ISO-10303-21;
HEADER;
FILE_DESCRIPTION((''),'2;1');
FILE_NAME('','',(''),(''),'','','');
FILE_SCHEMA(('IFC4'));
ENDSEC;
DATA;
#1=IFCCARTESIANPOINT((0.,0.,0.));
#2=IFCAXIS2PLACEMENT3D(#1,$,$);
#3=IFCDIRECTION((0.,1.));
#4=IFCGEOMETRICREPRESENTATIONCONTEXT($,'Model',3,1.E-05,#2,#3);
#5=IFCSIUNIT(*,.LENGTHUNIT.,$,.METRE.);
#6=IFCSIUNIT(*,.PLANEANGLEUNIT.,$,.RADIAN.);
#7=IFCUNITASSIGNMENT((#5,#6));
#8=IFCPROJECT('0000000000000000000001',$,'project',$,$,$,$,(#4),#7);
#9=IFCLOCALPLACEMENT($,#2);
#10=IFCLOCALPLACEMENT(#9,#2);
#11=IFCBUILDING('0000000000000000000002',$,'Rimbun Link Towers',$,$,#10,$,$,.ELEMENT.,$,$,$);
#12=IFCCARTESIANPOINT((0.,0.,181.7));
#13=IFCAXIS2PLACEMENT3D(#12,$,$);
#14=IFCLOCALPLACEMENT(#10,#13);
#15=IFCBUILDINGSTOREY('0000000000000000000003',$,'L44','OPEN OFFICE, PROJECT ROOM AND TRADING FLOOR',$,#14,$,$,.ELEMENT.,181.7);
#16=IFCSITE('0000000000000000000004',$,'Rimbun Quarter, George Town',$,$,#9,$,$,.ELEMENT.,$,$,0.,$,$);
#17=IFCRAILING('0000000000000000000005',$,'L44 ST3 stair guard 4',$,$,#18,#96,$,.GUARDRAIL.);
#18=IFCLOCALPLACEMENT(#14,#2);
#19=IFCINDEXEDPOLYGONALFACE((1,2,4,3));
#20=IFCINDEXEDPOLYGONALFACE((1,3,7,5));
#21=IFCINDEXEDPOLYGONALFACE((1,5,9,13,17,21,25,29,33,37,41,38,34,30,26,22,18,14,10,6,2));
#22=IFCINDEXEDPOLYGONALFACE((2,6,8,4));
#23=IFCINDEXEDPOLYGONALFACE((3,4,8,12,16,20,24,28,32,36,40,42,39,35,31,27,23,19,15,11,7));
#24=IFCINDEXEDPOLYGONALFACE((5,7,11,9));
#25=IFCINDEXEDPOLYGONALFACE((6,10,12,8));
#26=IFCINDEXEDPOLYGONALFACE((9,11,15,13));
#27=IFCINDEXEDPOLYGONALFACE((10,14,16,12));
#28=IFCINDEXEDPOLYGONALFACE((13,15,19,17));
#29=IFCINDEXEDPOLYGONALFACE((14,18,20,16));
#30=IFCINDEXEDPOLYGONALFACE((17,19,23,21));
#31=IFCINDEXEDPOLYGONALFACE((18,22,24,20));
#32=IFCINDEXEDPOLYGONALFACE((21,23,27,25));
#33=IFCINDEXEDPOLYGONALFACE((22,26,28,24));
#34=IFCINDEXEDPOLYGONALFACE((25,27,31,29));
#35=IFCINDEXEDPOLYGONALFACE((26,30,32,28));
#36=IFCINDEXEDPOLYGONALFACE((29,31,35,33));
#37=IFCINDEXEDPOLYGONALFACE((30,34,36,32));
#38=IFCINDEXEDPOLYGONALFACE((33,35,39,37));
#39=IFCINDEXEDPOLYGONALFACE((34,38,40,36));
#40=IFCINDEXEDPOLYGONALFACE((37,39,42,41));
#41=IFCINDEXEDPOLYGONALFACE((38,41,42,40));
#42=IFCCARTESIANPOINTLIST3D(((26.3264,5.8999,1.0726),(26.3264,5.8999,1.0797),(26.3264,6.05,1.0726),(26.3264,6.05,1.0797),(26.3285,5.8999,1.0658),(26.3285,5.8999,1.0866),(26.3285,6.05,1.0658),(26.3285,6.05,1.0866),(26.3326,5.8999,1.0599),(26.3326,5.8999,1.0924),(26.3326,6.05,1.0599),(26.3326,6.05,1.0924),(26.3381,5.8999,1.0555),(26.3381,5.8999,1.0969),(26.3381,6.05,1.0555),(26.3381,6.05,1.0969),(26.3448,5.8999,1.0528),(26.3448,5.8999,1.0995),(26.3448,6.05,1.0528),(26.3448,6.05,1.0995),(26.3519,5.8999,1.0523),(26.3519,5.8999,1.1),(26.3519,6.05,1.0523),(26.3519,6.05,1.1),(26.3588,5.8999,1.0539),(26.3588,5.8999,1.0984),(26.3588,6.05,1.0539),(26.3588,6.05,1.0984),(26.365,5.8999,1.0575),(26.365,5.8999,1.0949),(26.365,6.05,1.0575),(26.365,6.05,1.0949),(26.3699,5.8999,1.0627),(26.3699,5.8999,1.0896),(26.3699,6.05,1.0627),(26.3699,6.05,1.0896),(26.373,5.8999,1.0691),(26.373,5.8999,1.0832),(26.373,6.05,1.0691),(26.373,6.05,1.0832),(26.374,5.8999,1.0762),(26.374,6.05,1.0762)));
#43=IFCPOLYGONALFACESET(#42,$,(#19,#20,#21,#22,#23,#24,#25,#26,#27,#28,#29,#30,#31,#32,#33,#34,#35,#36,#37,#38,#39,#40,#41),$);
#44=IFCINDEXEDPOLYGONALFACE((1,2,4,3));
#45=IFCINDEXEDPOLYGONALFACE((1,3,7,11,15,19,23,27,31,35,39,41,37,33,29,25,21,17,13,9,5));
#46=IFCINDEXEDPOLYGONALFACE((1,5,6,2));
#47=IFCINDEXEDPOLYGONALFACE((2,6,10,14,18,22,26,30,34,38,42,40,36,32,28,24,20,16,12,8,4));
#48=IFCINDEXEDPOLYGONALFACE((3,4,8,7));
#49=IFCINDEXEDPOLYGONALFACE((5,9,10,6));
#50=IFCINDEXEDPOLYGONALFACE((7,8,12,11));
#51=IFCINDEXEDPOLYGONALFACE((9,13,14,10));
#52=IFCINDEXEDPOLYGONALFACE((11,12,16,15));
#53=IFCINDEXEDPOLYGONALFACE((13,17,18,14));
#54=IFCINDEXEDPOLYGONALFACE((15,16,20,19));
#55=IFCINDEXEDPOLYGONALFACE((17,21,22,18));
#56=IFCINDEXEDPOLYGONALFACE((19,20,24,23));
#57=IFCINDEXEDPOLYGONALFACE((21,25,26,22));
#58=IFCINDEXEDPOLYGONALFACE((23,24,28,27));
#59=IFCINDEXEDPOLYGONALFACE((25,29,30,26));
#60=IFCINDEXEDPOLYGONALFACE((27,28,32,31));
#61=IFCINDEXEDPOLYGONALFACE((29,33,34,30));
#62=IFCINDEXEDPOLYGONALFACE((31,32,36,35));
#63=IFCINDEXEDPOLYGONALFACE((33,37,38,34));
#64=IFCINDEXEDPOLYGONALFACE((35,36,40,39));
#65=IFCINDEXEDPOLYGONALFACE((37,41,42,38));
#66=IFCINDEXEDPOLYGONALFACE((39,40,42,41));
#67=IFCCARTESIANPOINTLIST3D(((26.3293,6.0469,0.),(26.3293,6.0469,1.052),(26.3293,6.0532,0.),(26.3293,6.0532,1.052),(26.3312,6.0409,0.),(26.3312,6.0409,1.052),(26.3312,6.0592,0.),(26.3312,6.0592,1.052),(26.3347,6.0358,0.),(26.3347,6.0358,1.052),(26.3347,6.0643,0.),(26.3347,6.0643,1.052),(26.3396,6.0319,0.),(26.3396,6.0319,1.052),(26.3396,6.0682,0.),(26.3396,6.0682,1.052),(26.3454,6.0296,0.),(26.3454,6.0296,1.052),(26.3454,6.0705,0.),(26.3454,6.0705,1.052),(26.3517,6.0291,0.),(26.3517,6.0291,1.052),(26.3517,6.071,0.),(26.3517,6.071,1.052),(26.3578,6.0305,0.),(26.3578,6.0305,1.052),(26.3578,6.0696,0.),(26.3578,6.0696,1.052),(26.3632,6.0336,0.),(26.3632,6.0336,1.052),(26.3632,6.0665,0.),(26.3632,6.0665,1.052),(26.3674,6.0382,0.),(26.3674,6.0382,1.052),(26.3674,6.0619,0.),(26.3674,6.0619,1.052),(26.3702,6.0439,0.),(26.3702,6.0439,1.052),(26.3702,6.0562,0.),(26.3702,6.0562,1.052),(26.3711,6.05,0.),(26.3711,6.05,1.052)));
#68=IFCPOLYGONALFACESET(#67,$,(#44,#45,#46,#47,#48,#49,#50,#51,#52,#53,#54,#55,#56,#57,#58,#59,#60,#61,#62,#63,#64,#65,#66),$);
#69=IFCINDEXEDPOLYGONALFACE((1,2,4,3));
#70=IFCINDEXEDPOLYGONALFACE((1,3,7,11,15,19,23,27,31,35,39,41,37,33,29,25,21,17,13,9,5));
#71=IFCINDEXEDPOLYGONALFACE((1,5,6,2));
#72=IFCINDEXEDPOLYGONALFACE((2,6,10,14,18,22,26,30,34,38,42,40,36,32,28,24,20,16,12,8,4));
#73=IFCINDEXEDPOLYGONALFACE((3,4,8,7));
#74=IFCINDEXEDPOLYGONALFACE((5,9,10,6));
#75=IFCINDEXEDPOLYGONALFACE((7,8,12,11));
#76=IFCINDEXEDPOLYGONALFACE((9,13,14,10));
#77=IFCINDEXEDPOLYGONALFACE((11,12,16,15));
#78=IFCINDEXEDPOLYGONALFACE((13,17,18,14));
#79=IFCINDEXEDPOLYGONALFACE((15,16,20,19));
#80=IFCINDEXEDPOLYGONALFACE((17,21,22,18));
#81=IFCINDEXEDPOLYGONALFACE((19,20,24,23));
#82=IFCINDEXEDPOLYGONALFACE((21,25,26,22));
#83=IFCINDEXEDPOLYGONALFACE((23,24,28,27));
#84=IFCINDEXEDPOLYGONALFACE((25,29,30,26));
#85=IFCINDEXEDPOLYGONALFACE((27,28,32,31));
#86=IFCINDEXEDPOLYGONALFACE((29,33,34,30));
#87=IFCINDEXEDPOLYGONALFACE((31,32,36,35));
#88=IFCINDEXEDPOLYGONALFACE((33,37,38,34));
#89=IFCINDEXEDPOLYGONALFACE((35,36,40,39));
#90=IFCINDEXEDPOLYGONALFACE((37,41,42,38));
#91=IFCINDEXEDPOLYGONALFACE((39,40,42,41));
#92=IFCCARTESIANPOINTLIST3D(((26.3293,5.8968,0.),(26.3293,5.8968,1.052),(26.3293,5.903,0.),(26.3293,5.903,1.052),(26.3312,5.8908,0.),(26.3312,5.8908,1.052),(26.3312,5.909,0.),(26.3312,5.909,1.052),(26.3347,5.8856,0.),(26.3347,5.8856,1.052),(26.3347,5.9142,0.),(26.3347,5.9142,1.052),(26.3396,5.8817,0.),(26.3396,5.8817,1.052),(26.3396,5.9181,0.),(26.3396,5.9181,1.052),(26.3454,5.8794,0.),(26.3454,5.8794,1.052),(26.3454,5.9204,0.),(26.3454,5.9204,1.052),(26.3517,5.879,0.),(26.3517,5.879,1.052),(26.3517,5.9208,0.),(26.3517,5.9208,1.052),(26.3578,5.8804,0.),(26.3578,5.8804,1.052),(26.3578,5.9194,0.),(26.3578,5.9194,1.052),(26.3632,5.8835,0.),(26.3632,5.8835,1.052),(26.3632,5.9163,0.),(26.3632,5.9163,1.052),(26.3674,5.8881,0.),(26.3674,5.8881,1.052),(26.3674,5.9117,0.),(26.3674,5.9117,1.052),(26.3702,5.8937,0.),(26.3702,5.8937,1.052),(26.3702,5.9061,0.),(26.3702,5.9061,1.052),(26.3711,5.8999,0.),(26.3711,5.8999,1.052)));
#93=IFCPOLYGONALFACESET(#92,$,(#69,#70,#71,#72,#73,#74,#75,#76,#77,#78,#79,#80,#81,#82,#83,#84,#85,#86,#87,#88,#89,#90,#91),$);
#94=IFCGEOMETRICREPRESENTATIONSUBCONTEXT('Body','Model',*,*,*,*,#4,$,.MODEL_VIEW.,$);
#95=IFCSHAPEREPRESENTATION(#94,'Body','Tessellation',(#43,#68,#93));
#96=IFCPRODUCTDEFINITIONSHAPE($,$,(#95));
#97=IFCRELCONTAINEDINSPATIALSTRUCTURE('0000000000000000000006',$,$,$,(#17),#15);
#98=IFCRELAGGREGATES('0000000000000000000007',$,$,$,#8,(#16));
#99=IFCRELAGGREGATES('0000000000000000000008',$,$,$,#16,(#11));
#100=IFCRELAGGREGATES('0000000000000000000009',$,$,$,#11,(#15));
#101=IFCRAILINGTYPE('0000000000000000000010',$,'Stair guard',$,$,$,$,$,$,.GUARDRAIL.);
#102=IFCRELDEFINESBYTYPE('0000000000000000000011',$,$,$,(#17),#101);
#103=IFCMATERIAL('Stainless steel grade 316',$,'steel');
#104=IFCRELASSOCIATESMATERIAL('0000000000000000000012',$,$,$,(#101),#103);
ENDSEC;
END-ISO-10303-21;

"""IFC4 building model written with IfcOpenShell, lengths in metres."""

from ifc_helpers import new_model, si_unit, direction, frame, origin, origin_2d, place, context, subcontext, project, spatial, circle, extrude, material, type_object, element, save


model = new_model("IFC4")

# Units and contexts
model_context = context("Model", 3, precision=1e-05, world=origin(), true_north=direction((0.0, 1.0)))
body_context = subcontext(model_context, "Body", "Model", "MODEL_VIEW")
ifc_project = project(units=[si_unit("LENGTHUNIT", "METRE"), si_unit("PLANEANGLEUNIT", "RADIAN")], contexts=[model_context])

# Site, building, storey
site_placement = place(None, origin())
site = spatial("IfcSite", under=ifc_project, at=site_placement, Name="Rimbun Quarter, George Town", CompositionType="ELEMENT", RefElevation=0.0)
building_placement = place(site_placement, origin())
building = spatial("IfcBuilding", under=site, at=building_placement, Name="Rimbun Link Towers", CompositionType="ELEMENT")
storey_placement = place(building_placement, frame((0.0, 0.0, 181.7)))
storey = spatial("IfcBuildingStorey", under=building, at=storey_placement, Name="L44", Description="OPEN OFFICE, PROJECT ROOM AND TRADING FLOOR", CompositionType="ELEMENT", Elevation=181.7)

# Railing
ifc_material_1 = material(Name="Stainless steel grade 316", Category="steel")
railing_type_1 = type_object("IfcRailingType", Name="Stair guard", PredefinedType="GUARDRAIL", material=ifc_material_1)
railing_1_placement = place(storey_placement, frame((26.3501, 6.05, 0.0)))
element("IfcRailing", 1, at=railing_1_placement, inside=storey, type_object=railing_type_1, Name="L44 ST3 stair guard 4", PredefinedType="GUARDRAIL", context=body_context, shape_type="SweptSolid", body=[
    extrude(circle(Radius=0.0239, at=origin_2d()), frame((0.0, 0.0, 1.0762), z_axis=(0.0, -1.0, 0.0), x_axis=(1.0, 0.0, 0.0)), (0.0, 0.0, 1.0), 0.1501),
    extrude(circle(Radius=0.021, at=origin_2d()), origin(), (0.0, 0.0, 1.0), 1.052),
    extrude(circle(Radius=0.021, at=origin_2d()), frame((0.0, -0.1501, 0.0)), (0.0, 0.0, 1.0), 1.052),
])

save(model, "model.ifc")
